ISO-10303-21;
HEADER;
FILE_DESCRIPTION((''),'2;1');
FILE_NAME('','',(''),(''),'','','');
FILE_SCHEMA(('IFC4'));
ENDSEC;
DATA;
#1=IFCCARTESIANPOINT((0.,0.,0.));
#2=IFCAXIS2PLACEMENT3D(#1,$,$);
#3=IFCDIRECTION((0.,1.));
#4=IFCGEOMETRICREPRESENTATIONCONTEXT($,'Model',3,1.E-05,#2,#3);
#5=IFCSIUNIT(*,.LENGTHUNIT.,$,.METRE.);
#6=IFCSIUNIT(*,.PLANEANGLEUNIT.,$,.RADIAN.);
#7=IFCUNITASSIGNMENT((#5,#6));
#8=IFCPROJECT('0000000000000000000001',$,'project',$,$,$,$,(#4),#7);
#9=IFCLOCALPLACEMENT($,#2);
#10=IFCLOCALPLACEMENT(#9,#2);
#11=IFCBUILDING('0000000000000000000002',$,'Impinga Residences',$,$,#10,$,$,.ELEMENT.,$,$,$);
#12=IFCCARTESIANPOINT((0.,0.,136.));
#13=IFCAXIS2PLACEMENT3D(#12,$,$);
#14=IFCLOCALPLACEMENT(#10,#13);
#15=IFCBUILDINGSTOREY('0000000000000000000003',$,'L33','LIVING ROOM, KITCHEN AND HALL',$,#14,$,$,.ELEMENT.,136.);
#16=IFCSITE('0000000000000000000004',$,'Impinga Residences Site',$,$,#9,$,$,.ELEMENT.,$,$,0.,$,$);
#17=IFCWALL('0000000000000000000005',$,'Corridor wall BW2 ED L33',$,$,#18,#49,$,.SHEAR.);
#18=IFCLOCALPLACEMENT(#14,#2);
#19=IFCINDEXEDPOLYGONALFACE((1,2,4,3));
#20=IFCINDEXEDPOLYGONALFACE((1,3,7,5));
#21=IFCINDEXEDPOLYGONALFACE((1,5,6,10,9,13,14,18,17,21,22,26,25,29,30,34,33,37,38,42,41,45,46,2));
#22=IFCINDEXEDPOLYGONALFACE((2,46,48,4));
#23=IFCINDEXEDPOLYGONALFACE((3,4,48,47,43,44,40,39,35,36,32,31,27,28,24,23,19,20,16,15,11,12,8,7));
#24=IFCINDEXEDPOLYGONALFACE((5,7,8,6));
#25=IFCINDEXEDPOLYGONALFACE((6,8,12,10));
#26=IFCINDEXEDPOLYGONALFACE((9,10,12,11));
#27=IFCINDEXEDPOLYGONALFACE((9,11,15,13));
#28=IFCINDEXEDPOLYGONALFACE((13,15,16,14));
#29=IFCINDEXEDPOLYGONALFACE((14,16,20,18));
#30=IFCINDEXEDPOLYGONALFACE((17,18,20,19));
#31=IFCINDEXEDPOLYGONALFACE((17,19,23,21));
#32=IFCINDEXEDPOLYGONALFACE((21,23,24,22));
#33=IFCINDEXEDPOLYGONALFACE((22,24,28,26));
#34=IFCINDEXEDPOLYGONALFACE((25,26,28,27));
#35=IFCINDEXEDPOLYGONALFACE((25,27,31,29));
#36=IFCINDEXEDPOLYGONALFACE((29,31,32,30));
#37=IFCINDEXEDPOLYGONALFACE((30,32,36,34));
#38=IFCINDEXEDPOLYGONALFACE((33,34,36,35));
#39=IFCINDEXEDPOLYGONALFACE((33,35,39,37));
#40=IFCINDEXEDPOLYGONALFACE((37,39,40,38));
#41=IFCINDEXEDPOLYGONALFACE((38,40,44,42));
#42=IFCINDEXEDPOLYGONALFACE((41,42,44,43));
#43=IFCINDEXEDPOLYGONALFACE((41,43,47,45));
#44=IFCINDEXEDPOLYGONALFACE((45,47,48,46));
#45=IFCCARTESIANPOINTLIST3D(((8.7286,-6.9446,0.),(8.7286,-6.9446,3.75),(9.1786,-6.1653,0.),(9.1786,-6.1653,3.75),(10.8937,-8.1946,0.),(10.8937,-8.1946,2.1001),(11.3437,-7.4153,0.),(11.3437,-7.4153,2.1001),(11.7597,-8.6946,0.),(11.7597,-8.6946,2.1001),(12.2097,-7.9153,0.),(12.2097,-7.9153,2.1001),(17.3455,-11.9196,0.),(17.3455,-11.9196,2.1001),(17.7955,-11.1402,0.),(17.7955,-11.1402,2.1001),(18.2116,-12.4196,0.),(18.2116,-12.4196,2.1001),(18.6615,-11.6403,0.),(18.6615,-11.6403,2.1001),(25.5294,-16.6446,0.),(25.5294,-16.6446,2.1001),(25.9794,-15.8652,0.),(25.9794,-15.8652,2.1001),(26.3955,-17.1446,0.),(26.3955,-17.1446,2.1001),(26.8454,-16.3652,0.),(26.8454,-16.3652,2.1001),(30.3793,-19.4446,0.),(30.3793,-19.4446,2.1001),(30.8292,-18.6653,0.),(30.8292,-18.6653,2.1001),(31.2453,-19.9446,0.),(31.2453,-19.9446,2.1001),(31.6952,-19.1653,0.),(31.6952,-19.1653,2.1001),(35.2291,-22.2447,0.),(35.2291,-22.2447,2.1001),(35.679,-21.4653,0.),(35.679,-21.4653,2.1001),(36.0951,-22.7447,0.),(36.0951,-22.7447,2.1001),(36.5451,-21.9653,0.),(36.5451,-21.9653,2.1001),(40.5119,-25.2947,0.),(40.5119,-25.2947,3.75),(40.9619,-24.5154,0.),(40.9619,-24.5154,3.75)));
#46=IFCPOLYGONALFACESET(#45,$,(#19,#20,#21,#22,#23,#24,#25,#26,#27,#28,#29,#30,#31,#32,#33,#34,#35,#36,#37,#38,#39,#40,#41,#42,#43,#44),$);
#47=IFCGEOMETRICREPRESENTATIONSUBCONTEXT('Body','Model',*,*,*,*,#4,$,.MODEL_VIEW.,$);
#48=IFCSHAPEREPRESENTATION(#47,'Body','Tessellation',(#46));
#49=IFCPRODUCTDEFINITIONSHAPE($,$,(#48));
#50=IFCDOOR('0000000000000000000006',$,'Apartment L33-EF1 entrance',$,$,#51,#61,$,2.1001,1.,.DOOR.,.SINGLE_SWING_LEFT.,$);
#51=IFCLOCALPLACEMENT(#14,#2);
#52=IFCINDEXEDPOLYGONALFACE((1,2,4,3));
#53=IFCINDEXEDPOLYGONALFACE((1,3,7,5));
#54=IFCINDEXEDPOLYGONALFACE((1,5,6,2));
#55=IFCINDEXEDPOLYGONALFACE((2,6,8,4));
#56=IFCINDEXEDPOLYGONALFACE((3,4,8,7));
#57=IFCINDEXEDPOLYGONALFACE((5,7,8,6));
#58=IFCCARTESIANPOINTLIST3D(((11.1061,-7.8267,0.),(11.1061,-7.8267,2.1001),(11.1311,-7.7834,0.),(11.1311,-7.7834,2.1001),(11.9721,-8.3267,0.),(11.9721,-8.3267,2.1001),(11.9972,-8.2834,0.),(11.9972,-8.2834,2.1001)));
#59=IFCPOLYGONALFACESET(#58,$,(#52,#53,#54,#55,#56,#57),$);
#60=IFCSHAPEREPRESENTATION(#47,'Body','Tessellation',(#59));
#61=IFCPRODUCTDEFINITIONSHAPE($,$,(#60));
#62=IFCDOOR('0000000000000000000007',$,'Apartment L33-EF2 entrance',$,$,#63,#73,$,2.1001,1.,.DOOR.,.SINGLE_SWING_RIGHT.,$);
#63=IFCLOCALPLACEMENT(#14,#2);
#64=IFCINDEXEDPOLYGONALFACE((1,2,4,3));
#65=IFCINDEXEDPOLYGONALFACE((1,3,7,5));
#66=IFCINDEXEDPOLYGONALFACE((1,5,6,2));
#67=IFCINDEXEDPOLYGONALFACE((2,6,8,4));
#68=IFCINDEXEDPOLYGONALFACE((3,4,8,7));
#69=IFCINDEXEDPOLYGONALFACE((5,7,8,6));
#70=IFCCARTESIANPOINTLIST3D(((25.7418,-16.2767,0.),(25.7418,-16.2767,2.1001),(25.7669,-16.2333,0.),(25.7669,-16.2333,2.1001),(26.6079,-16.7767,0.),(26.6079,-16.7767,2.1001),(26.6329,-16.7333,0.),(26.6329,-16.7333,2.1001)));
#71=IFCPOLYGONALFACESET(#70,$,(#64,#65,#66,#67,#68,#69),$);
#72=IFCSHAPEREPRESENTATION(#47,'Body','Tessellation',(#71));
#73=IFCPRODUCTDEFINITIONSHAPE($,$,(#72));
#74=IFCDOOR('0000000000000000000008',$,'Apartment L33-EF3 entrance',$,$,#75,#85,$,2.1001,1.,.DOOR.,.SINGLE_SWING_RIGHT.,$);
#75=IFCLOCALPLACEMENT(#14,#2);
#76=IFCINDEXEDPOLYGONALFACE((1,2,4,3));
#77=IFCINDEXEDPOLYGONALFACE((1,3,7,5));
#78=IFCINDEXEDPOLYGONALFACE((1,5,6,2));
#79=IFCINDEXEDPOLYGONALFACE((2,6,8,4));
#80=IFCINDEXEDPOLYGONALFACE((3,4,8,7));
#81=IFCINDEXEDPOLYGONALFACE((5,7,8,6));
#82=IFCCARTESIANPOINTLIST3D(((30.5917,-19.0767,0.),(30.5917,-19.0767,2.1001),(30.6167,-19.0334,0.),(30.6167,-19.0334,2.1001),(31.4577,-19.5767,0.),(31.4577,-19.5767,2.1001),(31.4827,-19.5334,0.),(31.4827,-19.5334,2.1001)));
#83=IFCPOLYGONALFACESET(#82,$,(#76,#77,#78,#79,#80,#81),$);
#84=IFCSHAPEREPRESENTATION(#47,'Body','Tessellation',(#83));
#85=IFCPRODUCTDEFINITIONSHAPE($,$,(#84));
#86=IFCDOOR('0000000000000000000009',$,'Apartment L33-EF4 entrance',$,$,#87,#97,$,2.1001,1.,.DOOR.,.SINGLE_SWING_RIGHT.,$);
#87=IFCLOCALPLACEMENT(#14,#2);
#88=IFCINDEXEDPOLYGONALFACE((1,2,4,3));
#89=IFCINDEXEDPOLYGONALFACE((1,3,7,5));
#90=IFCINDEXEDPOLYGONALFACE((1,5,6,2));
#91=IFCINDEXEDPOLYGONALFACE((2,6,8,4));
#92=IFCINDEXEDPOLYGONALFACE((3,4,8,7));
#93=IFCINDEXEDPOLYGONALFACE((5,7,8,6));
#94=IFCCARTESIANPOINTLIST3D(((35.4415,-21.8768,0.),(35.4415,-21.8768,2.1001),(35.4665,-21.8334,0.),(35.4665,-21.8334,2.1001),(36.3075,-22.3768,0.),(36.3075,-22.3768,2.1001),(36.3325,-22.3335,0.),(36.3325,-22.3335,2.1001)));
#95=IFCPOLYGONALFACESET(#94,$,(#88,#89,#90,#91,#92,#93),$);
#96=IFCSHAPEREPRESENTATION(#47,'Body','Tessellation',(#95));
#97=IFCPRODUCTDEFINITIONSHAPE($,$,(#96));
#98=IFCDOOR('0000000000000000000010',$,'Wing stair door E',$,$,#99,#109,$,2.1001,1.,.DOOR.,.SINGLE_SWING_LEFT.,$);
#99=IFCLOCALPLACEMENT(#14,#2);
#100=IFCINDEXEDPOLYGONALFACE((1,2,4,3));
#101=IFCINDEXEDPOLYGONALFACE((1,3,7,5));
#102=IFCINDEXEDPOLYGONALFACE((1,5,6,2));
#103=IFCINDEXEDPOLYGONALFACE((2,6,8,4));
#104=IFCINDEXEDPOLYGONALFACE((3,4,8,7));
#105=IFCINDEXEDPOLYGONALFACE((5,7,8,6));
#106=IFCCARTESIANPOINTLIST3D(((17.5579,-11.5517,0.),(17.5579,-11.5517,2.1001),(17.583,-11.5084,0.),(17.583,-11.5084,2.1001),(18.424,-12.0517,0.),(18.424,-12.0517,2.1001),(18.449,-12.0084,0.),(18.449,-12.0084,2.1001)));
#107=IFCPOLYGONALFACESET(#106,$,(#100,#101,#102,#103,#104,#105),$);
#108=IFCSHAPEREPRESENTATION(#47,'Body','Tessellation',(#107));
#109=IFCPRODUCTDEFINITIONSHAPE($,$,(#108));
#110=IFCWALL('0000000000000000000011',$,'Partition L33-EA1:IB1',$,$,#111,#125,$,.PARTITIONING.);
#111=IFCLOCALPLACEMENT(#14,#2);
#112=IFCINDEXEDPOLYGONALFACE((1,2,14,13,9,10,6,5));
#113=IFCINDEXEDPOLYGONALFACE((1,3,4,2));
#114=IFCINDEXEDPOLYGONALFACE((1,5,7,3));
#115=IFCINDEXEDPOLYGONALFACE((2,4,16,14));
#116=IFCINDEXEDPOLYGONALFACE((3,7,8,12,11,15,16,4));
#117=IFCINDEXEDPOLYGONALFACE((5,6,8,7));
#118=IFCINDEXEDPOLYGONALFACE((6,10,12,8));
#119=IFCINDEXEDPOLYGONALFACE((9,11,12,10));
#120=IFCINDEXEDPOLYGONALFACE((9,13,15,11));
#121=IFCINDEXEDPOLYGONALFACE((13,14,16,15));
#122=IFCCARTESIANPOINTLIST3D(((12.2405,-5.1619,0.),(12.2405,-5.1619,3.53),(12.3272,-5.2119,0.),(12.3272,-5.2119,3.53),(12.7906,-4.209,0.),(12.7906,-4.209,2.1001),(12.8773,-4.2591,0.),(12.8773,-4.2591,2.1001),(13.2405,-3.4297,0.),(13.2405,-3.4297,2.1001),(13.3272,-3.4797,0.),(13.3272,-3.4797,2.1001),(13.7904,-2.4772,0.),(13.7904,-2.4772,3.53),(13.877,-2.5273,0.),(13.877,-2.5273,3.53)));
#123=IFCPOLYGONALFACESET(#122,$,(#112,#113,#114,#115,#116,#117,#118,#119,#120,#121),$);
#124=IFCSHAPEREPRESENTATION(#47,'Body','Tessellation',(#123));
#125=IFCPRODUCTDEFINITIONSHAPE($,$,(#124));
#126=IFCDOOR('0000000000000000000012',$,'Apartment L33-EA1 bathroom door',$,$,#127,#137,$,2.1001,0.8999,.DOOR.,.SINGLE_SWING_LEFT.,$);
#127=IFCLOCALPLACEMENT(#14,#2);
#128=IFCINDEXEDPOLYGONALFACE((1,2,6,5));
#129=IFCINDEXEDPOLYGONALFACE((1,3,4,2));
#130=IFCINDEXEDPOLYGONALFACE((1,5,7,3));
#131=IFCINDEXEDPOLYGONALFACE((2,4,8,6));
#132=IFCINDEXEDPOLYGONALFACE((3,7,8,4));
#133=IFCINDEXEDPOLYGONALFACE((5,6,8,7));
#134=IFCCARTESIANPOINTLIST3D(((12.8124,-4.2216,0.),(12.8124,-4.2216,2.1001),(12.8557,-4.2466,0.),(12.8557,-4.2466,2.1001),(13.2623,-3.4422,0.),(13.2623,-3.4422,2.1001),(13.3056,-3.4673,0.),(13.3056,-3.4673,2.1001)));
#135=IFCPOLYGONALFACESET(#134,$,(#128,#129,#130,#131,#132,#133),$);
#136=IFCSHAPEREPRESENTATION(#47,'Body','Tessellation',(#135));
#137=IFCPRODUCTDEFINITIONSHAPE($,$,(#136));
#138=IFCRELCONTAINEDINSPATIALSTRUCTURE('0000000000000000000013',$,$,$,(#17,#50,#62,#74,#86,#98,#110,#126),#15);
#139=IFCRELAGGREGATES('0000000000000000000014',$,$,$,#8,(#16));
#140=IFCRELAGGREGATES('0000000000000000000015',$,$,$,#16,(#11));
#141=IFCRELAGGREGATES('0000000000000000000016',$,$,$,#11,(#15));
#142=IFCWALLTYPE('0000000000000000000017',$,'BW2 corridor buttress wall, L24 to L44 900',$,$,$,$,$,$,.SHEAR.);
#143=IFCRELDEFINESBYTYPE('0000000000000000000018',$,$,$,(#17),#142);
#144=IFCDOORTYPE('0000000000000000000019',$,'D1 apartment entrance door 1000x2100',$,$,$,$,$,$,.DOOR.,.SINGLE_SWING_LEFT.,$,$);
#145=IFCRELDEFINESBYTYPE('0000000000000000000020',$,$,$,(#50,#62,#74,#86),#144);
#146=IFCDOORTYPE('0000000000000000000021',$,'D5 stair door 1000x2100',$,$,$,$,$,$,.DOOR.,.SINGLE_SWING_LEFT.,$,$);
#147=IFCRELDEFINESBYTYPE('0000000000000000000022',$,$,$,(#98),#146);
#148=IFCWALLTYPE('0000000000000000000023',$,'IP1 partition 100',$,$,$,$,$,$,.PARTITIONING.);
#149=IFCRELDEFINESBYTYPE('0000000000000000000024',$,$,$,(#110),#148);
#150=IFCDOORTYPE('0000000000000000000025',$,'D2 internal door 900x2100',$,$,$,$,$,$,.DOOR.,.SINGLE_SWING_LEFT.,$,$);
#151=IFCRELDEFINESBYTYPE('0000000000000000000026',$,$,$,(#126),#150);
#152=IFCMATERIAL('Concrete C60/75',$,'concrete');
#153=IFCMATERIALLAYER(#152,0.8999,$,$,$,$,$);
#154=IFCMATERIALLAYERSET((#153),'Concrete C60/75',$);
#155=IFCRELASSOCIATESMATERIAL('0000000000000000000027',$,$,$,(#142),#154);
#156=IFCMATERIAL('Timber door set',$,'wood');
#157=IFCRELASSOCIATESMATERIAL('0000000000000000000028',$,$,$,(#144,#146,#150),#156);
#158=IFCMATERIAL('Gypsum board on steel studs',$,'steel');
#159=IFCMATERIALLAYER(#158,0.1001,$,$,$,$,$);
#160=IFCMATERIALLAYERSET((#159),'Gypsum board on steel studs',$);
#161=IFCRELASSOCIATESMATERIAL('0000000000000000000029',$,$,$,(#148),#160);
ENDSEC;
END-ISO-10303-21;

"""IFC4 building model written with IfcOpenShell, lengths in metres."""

from ifc_helpers import new_model, si_unit, direction, frame, frame_2d, origin, place, context, subcontext, project, spatial, rectangle, extrude, material, layer, layer_set, type_object, element, fill, save


model = new_model("IFC4")

# Units and contexts
model_context = context("Model", 3, precision=1e-05, world=origin(), true_north=direction((0.0, 1.0)))
body_context = subcontext(model_context, "Body", "Model", "MODEL_VIEW")
ifc_project = project(units=[si_unit("LENGTHUNIT", "METRE"), si_unit("PLANEANGLEUNIT", "RADIAN")], contexts=[model_context])

# Site, building, storey
site_placement = place(None, origin())
site = spatial("IfcSite", under=ifc_project, at=site_placement, Name="Impinga Residences Site", CompositionType="ELEMENT", RefElevation=0.0)
building_placement = place(site_placement, origin())
building = spatial("IfcBuilding", under=site, at=building_placement, Name="Impinga Residences", CompositionType="ELEMENT")
storey_placement = place(building_placement, frame((0.0, 0.0, 136.0)))
storey = spatial("IfcBuildingStorey", under=building, at=storey_placement, Name="L33", Description="LIVING ROOM, KITCHEN AND HALL", CompositionType="ELEMENT", Elevation=136.0)

# Wall, openings, doors
ifc_material_1 = material(Name="Concrete C60/75", Category="concrete")
ifc_layer_1 = layer(ifc_material_1, 0.8999)
ifc_layer_set_1 = layer_set([ifc_layer_1], Name="Concrete C60/75")
wall_type_1 = type_object("IfcWallType", Name="BW2 corridor buttress wall, L24 to L44 900", PredefinedType="SHEAR", material=ifc_layer_set_1)
ifc_material_2 = material(Name="Timber door set", Category="wood")
door_type_1 = type_object("IfcDoorType", Name="D1 apartment entrance door 1000x2100", OperationType="SINGLE_SWING_LEFT", PredefinedType="DOOR", material=ifc_material_2)
wall_1_placement = place(storey_placement, frame((8.9536, -6.5549, 0.0), z_axis=(0.0, 0.0, 1.0), x_axis=(0.866025, -0.500001, 0.0)))
wall_1 = element("IfcWall", 1, at=wall_1_placement, inside=storey, type_object=wall_type_1, Name="Corridor wall BW2 ED L33", PredefinedType="SHEAR", context=body_context, shape_type="SweptSolid", body=[
    extrude(rectangle(XDim=36.7002, YDim=0.8999, at=frame_2d((18.3501, 0.0))), origin(), (0.0, 0.0, 1.0), 3.75),
])
opening_1_placement = place(wall_1_placement, frame((9.95, 0.0, 0.0)))
opening_1 = element("IfcOpeningElement", 2, at=opening_1_placement, cuts=wall_1, PredefinedType="OPENING", context=body_context, shape_type="SweptSolid", body=[
    extrude(rectangle(XDim=1.0, YDim=2.1001, at=frame_2d((0.5, 1.05))), frame((0.0, 0.46, 0.0), z_axis=(0.0, -1.0, 0.0), x_axis=(1.0, 0.0, 0.0)), (0.0, 0.0, 1.0), 0.9199),
])
opening_2_placement = place(wall_1_placement, frame((2.5, 0.0, 0.0)))
opening_2 = element("IfcOpeningElement", 3, at=opening_2_placement, cuts=wall_1, PredefinedType="OPENING", context=body_context, shape_type="SweptSolid", body=[
    extrude(rectangle(XDim=1.0, YDim=2.1001, at=frame_2d((0.5, 1.05))), frame((0.0, 0.46, 0.0), z_axis=(0.0, -1.0, 0.0), x_axis=(1.0, 0.0, 0.0)), (0.0, 0.0, 1.0), 0.9199),
])
opening_3_placement = place(wall_1_placement, frame((19.3999, 0.0, 0.0)))
opening_3 = element("IfcOpeningElement", 4, at=opening_3_placement, cuts=wall_1, PredefinedType="OPENING", context=body_context, shape_type="SweptSolid", body=[
    extrude(rectangle(XDim=1.0, YDim=2.1001, at=frame_2d((0.5, 1.05))), frame((0.0, 0.46, 0.0), z_axis=(0.0, -1.0, 0.0), x_axis=(1.0, 0.0, 0.0)), (0.0, 0.0, 1.0), 0.9199),
])
opening_4_placement = place(wall_1_placement, frame((25.0, 0.0, 0.0)))
opening_4 = element("IfcOpeningElement", 5, at=opening_4_placement, cuts=wall_1, PredefinedType="OPENING", context=body_context, shape_type="SweptSolid", body=[
    extrude(rectangle(XDim=1.0, YDim=2.1001, at=frame_2d((0.5, 1.05))), frame((0.0, 0.46, 0.0), z_axis=(0.0, -1.0, 0.0), x_axis=(1.0, 0.0, 0.0)), (0.0, 0.0, 1.0), 0.9199),
])
opening_5_placement = place(wall_1_placement, frame((30.6001, 0.0, 0.0)))
opening_5 = element("IfcOpeningElement", 6, at=opening_5_placement, cuts=wall_1, PredefinedType="OPENING", context=body_context, shape_type="SweptSolid", body=[
    extrude(rectangle(XDim=1.0, YDim=2.1001, at=frame_2d((0.5, 1.05))), frame((0.0, 0.46, 0.0), z_axis=(0.0, -1.0, 0.0), x_axis=(1.0, 0.0, 0.0)), (0.0, 0.0, 1.0), 0.9199),
])
door_1_placement = place(opening_2_placement, origin())
door_1 = element("IfcDoor", 7, at=door_1_placement, inside=storey, type_object=door_type_1, Name="Apartment L33-EF1 entrance", OperationType="SINGLE_SWING_LEFT", OverallHeight=2.1001, OverallWidth=1.0, PredefinedType="DOOR", context=body_context, shape_type="SweptSolid", body=[
    extrude(rectangle(XDim=1.0, YDim=2.1001, at=frame_2d((0.5, 1.05))), frame((0.0, 0.0249, 0.0), z_axis=(0.0, -1.0, 0.0), x_axis=(1.0, 0.0, 0.0)), (0.0, 0.0, 1.0), 0.05),
])
fill(opening_2, door_1)
door_2_placement = place(opening_3_placement, origin())
door_2 = element("IfcDoor", 8, at=door_2_placement, inside=storey, type_object=door_type_1, Name="Apartment L33-EF2 entrance", OperationType="SINGLE_SWING_RIGHT", OverallHeight=2.1001, OverallWidth=1.0, PredefinedType="DOOR", context=body_context, shape_type="SweptSolid", body=[
    extrude(rectangle(XDim=1.0, YDim=2.1001, at=frame_2d((0.5, 1.05))), frame((0.0, 0.0249, 0.0), z_axis=(0.0, -1.0, 0.0), x_axis=(1.0, 0.0, 0.0)), (0.0, 0.0, 1.0), 0.05),
])
fill(opening_3, door_2)
door_3_placement = place(opening_4_placement, origin())
door_3 = element("IfcDoor", 9, at=door_3_placement, inside=storey, type_object=door_type_1, Name="Apartment L33-EF3 entrance", OperationType="SINGLE_SWING_RIGHT", OverallHeight=2.1001, OverallWidth=1.0, PredefinedType="DOOR", context=body_context, shape_type="SweptSolid", body=[
    extrude(rectangle(XDim=1.0, YDim=2.1001, at=frame_2d((0.5, 1.05))), frame((0.0, 0.0249, 0.0), z_axis=(0.0, -1.0, 0.0), x_axis=(1.0, 0.0, 0.0)), (0.0, 0.0, 1.0), 0.05),
])
fill(opening_4, door_3)
door_4_placement = place(opening_5_placement, origin())
door_4 = element("IfcDoor", 10, at=door_4_placement, inside=storey, type_object=door_type_1, Name="Apartment L33-EF4 entrance", OperationType="SINGLE_SWING_RIGHT", OverallHeight=2.1001, OverallWidth=1.0, PredefinedType="DOOR", context=body_context, shape_type="SweptSolid", body=[
    extrude(rectangle(XDim=1.0, YDim=2.1001, at=frame_2d((0.5, 1.05))), frame((0.0, 0.0249, 0.0), z_axis=(0.0, -1.0, 0.0), x_axis=(1.0, 0.0, 0.0)), (0.0, 0.0, 1.0), 0.05),
])
fill(opening_5, door_4)
door_type_2 = type_object("IfcDoorType", Name="D5 stair door 1000x2100", OperationType="SINGLE_SWING_LEFT", PredefinedType="DOOR", material=ifc_material_2)
door_5_placement = place(opening_1_placement, origin())
door_5 = element("IfcDoor", 11, at=door_5_placement, inside=storey, type_object=door_type_2, Name="Wing stair door E", OperationType="SINGLE_SWING_LEFT", OverallHeight=2.1001, OverallWidth=1.0, PredefinedType="DOOR", context=body_context, shape_type="SweptSolid", body=[
    extrude(rectangle(XDim=1.0, YDim=2.1001, at=frame_2d((0.5, 1.05))), frame((0.0, 0.0249, 0.0), z_axis=(0.0, -1.0, 0.0), x_axis=(1.0, 0.0, 0.0)), (0.0, 0.0, 1.0), 0.05),
])
fill(opening_1, door_5)

# Wall, opening, door
ifc_material_3 = material(Name="Gypsum board on steel studs", Category="steel")
ifc_layer_2 = layer(ifc_material_3, 0.1001)
ifc_layer_set_2 = layer_set([ifc_layer_2], Name="Gypsum board on steel studs")
wall_type_2 = type_object("IfcWallType", Name="IP1 partition 100", PredefinedType="PARTITIONING", material=ifc_layer_set_2)
wall_2_placement = place(storey_placement, frame((12.2839, -5.1868, 0.0), z_axis=(0.0, 0.0, 1.0), x_axis=(0.499968, 0.866044, 0.0)))
wall_2 = element("IfcWall", 12, at=wall_2_placement, inside=storey, type_object=wall_type_2, Name="Partition L33-EA1:IB1", PredefinedType="PARTITIONING", context=body_context, shape_type="SweptSolid", body=[
    extrude(rectangle(XDim=3.0999, YDim=0.1001, at=frame_2d((1.5498, 0.0))), origin(), (0.0, 0.0, 1.0), 3.53),
])
opening_6_placement = place(wall_2_placement, frame((1.1001, 0.0, 0.0)))
opening_6 = element("IfcOpeningElement", 13, at=opening_6_placement, cuts=wall_2, PredefinedType="OPENING", context=body_context, shape_type="SweptSolid", body=[
    extrude(rectangle(XDim=0.8999, YDim=2.1001, at=frame_2d((0.45, 1.05))), frame((0.0, 0.0601, 0.0), z_axis=(0.0, -1.0, 0.0), x_axis=(1.0, 0.0, 0.0)), (0.0, 0.0, 1.0), 0.1201),
])
door_type_3 = type_object("IfcDoorType", Name="D2 internal door 900x2100", OperationType="SINGLE_SWING_LEFT", PredefinedType="DOOR", material=ifc_material_2)
door_6_placement = place(opening_6_placement, origin())
door_6 = element("IfcDoor", 14, at=door_6_placement, inside=storey, type_object=door_type_3, Name="Apartment L33-EA1 bathroom door", OperationType="SINGLE_SWING_LEFT", OverallHeight=2.1001, OverallWidth=0.8999, PredefinedType="DOOR", context=body_context, shape_type="SweptSolid", body=[
    extrude(rectangle(XDim=0.8999, YDim=2.1001, at=frame_2d((0.45, 1.05))), frame((0.0, 0.0249, 0.0), z_axis=(0.0, -1.0, 0.0), x_axis=(1.0, 0.0, 0.0)), (0.0, 0.0, 1.0), 0.05),
])
fill(opening_6, door_6)

save(model, "model.ifc")
